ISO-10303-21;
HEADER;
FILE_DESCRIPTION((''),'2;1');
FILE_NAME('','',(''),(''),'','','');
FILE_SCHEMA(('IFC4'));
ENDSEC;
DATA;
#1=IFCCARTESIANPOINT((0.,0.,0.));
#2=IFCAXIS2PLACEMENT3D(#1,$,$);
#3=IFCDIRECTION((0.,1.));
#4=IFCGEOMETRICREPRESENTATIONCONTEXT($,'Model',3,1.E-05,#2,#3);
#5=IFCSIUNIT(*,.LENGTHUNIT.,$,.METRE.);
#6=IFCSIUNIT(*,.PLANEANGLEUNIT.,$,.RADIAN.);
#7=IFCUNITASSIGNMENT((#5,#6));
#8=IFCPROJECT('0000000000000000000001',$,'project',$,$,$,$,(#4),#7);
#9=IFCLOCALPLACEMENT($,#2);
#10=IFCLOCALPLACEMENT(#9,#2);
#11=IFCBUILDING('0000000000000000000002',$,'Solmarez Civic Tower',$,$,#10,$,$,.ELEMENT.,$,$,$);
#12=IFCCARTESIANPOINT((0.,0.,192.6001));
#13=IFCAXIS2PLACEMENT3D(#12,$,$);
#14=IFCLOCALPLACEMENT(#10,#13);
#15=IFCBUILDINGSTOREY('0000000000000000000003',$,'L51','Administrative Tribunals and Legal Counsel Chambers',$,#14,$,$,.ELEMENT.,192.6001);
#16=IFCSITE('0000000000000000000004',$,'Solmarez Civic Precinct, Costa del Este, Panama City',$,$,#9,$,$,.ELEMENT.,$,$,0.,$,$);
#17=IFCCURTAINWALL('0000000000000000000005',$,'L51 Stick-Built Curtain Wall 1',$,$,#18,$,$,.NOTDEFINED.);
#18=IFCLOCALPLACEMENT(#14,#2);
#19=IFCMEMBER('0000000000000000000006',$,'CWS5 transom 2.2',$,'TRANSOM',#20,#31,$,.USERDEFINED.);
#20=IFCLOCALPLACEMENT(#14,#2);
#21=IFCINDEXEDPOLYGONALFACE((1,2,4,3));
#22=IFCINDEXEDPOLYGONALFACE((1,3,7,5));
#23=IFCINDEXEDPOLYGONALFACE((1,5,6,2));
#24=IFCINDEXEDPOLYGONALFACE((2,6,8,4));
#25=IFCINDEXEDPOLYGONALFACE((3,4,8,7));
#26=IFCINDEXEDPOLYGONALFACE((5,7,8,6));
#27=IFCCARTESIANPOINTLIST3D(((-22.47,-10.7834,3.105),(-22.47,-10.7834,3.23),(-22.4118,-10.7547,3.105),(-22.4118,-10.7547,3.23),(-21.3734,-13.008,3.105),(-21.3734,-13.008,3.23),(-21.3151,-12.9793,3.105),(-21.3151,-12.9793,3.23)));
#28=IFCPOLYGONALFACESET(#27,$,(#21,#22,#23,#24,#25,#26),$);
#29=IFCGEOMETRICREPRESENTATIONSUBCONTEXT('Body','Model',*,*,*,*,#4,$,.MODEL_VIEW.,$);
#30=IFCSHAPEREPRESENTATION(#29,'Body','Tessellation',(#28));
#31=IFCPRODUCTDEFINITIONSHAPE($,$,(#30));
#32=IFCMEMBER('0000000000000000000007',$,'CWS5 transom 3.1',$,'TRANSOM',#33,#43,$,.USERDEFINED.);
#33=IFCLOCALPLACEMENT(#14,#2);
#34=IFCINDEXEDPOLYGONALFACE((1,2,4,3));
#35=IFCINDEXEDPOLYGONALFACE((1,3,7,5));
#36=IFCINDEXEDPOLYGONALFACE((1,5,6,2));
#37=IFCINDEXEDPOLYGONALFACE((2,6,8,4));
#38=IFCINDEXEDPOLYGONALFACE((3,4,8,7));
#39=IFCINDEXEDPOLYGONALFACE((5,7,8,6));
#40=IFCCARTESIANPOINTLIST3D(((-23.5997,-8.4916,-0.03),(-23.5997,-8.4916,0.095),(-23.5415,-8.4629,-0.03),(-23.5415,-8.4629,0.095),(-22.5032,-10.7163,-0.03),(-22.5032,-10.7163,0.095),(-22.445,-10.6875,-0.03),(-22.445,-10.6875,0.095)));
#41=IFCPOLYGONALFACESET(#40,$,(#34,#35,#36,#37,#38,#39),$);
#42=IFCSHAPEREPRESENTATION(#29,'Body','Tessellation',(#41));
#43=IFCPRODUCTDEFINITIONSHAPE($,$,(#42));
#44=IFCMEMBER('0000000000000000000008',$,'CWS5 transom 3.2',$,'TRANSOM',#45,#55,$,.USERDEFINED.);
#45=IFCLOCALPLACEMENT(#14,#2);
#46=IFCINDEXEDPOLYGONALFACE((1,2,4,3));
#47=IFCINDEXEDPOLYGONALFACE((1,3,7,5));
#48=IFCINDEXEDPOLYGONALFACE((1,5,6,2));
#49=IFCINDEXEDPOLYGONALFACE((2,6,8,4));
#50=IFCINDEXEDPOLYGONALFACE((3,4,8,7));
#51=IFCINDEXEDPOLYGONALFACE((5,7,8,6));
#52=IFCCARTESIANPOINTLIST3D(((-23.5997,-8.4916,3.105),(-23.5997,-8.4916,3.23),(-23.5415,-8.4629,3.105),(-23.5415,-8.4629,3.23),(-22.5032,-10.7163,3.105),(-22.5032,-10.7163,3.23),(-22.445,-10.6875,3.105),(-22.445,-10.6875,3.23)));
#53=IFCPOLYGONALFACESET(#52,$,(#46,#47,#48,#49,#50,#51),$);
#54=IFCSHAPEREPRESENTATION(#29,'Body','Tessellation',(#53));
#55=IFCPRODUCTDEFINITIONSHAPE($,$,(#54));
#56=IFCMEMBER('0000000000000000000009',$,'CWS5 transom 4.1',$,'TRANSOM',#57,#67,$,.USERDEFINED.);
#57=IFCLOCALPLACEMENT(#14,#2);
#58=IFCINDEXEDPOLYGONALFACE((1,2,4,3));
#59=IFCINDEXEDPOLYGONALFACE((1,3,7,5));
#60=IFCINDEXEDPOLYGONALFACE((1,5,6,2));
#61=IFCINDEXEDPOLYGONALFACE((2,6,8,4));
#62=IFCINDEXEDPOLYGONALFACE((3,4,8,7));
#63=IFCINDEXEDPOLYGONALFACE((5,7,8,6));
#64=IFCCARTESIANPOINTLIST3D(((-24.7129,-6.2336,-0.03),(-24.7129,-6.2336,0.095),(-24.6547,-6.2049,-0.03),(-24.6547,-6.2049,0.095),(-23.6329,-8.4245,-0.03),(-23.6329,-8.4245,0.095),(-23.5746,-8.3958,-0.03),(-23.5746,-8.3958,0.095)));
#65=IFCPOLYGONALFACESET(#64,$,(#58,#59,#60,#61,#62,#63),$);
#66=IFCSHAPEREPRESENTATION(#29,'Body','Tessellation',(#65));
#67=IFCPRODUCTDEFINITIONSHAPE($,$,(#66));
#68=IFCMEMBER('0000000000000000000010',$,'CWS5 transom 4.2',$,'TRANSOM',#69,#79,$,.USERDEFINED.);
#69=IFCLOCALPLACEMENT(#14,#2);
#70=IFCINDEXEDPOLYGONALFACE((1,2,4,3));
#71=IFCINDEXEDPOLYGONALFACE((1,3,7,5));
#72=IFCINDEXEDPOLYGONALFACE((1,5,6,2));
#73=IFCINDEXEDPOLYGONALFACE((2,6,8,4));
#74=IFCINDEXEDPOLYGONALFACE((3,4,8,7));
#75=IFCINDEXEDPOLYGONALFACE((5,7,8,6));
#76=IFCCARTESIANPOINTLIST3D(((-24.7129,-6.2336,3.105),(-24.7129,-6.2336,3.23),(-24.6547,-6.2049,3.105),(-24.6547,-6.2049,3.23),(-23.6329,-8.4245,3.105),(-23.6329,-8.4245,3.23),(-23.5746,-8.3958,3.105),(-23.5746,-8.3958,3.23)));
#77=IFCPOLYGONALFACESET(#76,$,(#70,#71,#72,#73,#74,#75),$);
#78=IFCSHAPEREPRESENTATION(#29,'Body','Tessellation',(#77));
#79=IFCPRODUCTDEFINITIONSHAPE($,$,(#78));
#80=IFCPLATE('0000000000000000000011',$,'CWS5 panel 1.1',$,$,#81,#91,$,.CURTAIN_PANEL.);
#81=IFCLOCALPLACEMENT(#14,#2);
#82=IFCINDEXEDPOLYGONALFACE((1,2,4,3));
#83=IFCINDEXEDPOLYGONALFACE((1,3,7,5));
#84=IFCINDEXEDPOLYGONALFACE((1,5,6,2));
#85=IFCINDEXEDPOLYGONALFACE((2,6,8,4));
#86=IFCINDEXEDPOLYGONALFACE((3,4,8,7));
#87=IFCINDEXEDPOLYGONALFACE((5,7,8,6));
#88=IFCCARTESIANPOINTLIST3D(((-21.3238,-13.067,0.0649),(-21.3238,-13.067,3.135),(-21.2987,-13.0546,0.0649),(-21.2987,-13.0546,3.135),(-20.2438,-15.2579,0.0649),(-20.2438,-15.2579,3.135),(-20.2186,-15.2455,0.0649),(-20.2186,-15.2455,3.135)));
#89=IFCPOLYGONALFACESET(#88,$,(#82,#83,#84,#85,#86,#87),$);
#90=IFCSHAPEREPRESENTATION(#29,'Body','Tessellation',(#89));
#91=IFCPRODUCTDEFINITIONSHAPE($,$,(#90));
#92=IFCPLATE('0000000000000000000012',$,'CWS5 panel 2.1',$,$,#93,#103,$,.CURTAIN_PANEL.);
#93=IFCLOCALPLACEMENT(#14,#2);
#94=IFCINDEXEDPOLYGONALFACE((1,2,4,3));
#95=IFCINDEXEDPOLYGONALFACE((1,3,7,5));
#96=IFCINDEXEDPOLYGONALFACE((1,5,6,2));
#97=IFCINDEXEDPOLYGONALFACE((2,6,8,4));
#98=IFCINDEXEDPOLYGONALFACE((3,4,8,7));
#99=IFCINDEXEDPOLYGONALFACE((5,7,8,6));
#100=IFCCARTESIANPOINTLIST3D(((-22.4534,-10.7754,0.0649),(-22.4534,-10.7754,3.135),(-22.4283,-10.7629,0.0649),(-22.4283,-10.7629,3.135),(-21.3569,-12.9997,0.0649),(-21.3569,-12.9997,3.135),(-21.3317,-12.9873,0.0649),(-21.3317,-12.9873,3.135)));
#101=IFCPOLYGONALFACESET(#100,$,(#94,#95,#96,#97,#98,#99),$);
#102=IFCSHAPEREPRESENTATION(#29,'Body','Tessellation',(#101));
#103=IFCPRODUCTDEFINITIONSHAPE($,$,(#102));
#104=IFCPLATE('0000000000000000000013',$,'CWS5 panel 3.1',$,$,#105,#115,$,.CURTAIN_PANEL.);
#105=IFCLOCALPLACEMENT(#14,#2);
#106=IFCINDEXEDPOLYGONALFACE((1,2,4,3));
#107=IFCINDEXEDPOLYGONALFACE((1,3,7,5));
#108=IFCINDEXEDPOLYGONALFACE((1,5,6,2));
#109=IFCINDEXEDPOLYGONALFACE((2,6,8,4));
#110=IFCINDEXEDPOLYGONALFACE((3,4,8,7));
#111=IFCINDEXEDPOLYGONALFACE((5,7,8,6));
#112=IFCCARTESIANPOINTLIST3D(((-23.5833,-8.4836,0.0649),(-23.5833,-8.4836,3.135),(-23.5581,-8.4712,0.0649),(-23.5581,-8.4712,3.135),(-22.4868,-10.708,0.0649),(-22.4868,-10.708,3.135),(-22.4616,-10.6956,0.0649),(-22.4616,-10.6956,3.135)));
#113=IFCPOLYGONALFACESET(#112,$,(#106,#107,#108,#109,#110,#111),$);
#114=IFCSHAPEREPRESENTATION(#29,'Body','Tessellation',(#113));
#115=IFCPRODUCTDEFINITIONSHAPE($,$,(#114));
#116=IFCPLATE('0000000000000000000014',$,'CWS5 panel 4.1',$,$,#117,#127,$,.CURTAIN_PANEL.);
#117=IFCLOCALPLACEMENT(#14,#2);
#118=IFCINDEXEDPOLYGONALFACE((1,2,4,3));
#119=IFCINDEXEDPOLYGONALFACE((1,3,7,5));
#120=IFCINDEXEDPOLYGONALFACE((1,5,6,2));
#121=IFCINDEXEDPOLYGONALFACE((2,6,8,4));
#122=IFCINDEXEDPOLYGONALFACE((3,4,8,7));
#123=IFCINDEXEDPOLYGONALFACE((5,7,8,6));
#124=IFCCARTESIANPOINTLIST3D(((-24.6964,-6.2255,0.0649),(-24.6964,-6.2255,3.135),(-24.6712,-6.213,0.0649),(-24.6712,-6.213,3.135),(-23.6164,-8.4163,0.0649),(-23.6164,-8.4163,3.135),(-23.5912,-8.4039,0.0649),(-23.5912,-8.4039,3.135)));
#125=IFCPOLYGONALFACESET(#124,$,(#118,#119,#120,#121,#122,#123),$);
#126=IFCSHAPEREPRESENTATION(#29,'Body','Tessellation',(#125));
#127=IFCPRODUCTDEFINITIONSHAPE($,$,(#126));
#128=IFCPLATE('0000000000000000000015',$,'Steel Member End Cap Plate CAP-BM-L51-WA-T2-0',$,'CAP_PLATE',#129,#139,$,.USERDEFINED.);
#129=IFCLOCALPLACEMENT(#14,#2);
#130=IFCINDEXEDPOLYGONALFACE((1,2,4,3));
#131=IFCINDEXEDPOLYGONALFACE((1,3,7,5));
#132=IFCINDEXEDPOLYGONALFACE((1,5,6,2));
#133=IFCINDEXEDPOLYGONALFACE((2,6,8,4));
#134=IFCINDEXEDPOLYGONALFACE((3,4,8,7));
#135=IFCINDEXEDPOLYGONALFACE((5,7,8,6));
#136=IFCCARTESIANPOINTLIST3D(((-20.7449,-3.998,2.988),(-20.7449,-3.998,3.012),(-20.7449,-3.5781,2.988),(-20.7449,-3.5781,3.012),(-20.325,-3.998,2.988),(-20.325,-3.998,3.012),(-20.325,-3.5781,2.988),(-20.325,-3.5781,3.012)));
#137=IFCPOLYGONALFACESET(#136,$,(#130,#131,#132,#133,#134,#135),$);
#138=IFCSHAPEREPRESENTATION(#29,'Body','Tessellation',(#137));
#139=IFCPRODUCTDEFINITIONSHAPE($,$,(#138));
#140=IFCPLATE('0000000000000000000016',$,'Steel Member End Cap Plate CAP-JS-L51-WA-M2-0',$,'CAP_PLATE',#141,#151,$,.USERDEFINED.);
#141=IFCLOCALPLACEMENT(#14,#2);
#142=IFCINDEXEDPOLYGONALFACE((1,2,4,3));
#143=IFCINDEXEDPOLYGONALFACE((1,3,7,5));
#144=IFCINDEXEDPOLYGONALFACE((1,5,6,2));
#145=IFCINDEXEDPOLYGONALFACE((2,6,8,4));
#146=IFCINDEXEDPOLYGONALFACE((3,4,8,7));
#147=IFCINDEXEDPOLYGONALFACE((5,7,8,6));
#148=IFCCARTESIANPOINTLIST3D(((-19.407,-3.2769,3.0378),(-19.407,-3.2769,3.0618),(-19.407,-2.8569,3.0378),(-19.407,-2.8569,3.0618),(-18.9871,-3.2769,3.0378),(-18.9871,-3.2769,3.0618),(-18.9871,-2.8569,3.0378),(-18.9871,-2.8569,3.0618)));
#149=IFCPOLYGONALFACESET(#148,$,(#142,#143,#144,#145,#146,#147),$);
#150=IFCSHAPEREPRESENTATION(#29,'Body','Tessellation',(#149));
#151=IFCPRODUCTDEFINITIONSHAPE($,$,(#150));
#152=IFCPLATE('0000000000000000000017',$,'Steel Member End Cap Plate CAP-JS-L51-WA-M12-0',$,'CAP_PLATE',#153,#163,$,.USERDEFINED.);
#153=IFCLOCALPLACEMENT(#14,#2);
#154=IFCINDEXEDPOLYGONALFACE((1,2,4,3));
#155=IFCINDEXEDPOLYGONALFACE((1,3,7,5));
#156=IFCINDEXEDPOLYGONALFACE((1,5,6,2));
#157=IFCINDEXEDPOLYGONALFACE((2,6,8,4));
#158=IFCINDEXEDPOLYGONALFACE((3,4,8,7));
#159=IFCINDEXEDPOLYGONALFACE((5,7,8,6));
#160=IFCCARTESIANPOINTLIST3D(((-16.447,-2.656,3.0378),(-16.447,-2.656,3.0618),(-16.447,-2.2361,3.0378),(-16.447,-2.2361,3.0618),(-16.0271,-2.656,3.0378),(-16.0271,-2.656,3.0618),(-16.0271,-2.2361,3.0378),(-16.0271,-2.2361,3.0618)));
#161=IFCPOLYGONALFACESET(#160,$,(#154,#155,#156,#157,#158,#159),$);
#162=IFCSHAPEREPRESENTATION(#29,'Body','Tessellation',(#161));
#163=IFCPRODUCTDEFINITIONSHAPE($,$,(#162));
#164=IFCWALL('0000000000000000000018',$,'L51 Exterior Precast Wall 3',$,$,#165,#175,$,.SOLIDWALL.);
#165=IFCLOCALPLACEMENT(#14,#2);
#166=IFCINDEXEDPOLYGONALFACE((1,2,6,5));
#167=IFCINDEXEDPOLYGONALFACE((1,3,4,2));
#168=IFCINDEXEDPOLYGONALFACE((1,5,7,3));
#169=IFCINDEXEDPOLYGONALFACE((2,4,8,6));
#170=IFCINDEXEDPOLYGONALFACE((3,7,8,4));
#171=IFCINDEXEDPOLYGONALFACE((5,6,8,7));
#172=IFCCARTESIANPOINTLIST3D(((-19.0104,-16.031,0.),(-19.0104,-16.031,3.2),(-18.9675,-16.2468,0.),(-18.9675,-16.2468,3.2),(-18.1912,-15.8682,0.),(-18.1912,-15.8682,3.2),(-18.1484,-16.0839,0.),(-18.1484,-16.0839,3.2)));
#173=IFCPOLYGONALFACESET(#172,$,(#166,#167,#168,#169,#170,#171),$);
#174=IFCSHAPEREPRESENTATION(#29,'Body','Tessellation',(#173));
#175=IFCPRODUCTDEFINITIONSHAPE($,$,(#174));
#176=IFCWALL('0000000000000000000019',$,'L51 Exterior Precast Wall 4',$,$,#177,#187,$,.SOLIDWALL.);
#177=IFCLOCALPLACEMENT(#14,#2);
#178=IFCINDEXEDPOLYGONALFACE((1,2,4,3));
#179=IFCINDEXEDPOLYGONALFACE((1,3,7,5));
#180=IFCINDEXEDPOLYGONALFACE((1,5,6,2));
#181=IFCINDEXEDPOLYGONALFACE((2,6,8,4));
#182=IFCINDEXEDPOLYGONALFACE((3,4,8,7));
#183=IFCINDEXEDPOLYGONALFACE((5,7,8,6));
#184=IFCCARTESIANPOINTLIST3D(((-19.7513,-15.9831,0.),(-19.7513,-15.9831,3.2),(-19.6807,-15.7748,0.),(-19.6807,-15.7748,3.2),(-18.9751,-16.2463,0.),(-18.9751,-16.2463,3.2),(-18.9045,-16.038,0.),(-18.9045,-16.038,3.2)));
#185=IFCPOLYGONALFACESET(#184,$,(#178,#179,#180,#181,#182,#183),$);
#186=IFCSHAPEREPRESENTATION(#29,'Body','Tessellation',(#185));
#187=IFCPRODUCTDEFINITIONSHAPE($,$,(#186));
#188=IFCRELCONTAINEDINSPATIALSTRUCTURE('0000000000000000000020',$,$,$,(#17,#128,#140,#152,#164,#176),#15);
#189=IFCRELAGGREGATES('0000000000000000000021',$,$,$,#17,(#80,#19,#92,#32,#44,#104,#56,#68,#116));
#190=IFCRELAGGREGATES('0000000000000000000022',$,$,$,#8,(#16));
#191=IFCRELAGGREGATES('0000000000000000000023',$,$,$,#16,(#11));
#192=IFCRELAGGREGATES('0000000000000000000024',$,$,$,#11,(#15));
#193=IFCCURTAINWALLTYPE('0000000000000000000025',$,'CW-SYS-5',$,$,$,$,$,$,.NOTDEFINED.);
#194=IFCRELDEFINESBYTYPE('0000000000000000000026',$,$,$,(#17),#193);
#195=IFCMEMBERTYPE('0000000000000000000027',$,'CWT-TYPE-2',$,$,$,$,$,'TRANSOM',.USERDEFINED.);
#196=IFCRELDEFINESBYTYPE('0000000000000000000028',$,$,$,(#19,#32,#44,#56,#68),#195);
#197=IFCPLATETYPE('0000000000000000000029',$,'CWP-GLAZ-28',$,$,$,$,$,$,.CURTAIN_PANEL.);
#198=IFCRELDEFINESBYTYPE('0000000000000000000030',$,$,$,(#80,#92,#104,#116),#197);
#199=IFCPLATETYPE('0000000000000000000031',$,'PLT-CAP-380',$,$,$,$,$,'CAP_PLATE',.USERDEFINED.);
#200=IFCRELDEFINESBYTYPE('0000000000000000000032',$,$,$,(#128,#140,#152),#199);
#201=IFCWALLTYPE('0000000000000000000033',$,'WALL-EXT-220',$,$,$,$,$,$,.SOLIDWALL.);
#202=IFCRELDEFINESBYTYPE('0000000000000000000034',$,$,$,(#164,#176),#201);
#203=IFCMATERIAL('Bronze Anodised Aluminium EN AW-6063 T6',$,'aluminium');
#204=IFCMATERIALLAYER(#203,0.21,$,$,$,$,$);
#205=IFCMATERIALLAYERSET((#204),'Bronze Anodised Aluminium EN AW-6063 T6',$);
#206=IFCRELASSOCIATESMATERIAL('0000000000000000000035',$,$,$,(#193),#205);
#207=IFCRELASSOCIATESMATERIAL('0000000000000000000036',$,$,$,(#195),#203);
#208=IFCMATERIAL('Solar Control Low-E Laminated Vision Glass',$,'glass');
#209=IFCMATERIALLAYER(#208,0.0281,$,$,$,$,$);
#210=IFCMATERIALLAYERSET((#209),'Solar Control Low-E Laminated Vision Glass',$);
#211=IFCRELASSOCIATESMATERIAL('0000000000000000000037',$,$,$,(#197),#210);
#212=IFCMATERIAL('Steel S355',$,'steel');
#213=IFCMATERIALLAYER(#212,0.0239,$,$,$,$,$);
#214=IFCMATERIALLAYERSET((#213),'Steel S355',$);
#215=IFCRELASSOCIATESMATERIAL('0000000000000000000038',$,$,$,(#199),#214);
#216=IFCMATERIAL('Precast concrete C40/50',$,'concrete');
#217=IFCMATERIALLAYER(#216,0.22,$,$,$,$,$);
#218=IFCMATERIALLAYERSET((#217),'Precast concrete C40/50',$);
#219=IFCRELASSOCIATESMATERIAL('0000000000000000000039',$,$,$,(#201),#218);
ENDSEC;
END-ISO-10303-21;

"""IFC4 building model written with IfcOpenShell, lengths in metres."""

from ifc_helpers import new_model, si_unit, direction, frame, frame_2d, origin, origin_2d, place, context, subcontext, project, spatial, rectangle, extrude, material, layer, layer_set, material_profile, profile_set, type_object, element, aggregate, save


model = new_model("IFC4")

# Units and contexts
model_context = context("Model", 3, precision=1e-05, world=origin(), true_north=direction((0.0, 1.0)))
body_context = subcontext(model_context, "Body", "Model", "MODEL_VIEW")
ifc_project = project(units=[si_unit("LENGTHUNIT", "METRE"), si_unit("PLANEANGLEUNIT", "RADIAN")], contexts=[model_context])

# Site, building, storey
site_placement = place(None, origin())
site = spatial("IfcSite", under=ifc_project, at=site_placement, Name="Solmarez Civic Precinct, Costa del Este, Panama City", CompositionType="ELEMENT", RefElevation=0.0)
building_placement = place(site_placement, origin())
building = spatial("IfcBuilding", under=site, at=building_placement, Name="Solmarez Civic Tower", CompositionType="ELEMENT")
storey_placement = place(building_placement, frame((0.0, 0.0, 192.6001)))
storey = spatial("IfcBuildingStorey", under=building, at=storey_placement, Name="L51", Description="Administrative Tribunals and Legal Counsel Chambers", CompositionType="ELEMENT", Elevation=192.6001)

# Shared definitions
ifc_material_1 = material(Name="Steel S355", Category="steel")

# Curtain wall, members, plates
ifc_material_2 = material(Name="Bronze Anodised Aluminium EN AW-6063 T6", Category="aluminium")
ifc_layer_1 = layer(ifc_material_2, 0.21)
ifc_layer_set_1 = layer_set([ifc_layer_1], Name="Bronze Anodised Aluminium EN AW-6063 T6")
curtain_wall_type = type_object("IfcCurtainWallType", Name="CW-SYS-5", PredefinedType="NOTDEFINED", material=ifc_layer_set_1)
curtain_wall_placement = place(storey_placement, origin())
curtain_wall = element("IfcCurtainWall", 1, at=curtain_wall_placement, inside=storey, type_object=curtain_wall_type, Name="L51 Stick-Built Curtain Wall 1", PredefinedType="NOTDEFINED")
ifc_material_profile_1 = material_profile(ifc_material_2, rectangle(XDim=0.0649, YDim=0.125, at=origin_2d()), Name="CWT-65X125")
ifc_profile_set_1 = profile_set([ifc_material_profile_1], Name="Bronze Anodised Aluminium EN AW-6063 T6")
member_type_1 = type_object("IfcMemberType", Name="CWT-TYPE-2", ElementType="TRANSOM", PredefinedType="USERDEFINED", material=ifc_profile_set_1)
member_1_placement = place(storey_placement, frame((-21.3442, -12.9937, 3.1675), z_axis=(-0.442167, 0.896933, 0.0), x_axis=(-0.896933, -0.442167, 0.0)))
member_1 = element("IfcMember", 2, at=member_1_placement, type_object=member_type_1, Name="CWS5 transom 2.2", ObjectType="TRANSOM", PredefinedType="USERDEFINED", context=body_context, shape_type="SweptSolid", body=[
    extrude(rectangle(XDim=0.0649, YDim=0.125, at=origin_2d()), origin(), (0.0, 0.0, 1.0), 2.4802),
])
member_2_placement = place(storey_placement, frame((-22.4741, -10.7019, 0.0325), z_axis=(-0.442087, 0.896972, 0.0), x_axis=(-0.896972, -0.442087, 0.0)))
member_2 = element("IfcMember", 3, at=member_2_placement, type_object=member_type_1, Name="CWS5 transom 3.1", ObjectType="TRANSOM", PredefinedType="USERDEFINED", context=body_context, shape_type="SweptSolid", body=[
    extrude(rectangle(XDim=0.0649, YDim=0.125, at=origin_2d()), origin(), (0.0, 0.0, 1.0), 2.4802),
])
member_3_placement = place(storey_placement, frame((-22.4741, -10.7019, 3.1675), z_axis=(-0.442087, 0.896972, 0.0), x_axis=(-0.896972, -0.442087, 0.0)))
member_3 = element("IfcMember", 4, at=member_3_placement, type_object=member_type_1, Name="CWS5 transom 3.2", ObjectType="TRANSOM", PredefinedType="USERDEFINED", context=body_context, shape_type="SweptSolid", body=[
    extrude(rectangle(XDim=0.0649, YDim=0.125, at=origin_2d()), origin(), (0.0, 0.0, 1.0), 2.4802),
])
member_4_placement = place(storey_placement, frame((-23.6038, -8.4102, 0.0325), z_axis=(-0.442169, 0.896932, 0.0), x_axis=(-0.896932, -0.442169, 0.0)))
member_4 = element("IfcMember", 5, at=member_4_placement, type_object=member_type_1, Name="CWS5 transom 4.1", ObjectType="TRANSOM", PredefinedType="USERDEFINED", context=body_context, shape_type="SweptSolid", body=[
    extrude(rectangle(XDim=0.0649, YDim=0.125, at=origin_2d()), origin(), (0.0, 0.0, 1.0), 2.4426),
])
member_5_placement = place(storey_placement, frame((-23.6038, -8.4102, 3.1675), z_axis=(-0.442169, 0.896932, 0.0), x_axis=(-0.896932, -0.442169, 0.0)))
member_5 = element("IfcMember", 6, at=member_5_placement, type_object=member_type_1, Name="CWS5 transom 4.2", ObjectType="TRANSOM", PredefinedType="USERDEFINED", context=body_context, shape_type="SweptSolid", body=[
    extrude(rectangle(XDim=0.0649, YDim=0.125, at=origin_2d()), origin(), (0.0, 0.0, 1.0), 2.4426),
])
ifc_material_3 = material(Name="Solar Control Low-E Laminated Vision Glass", Category="glass")
ifc_layer_2 = layer(ifc_material_3, 0.0281)
ifc_layer_set_2 = layer_set([ifc_layer_2], Name="Solar Control Low-E Laminated Vision Glass")
plate_type_1 = type_object("IfcPlateType", Name="CWP-GLAZ-28", PredefinedType="CURTAIN_PANEL", material=ifc_layer_set_2)
plate_1_placement = place(storey_placement, frame((-20.7712, -14.1562, 0.0649), z_axis=(0.0, 0.0, 1.0), x_axis=(-0.442158, 0.896937, 0.0)))
plate_1 = element("IfcPlate", 7, at=plate_1_placement, type_object=plate_type_1, Name="CWS5 panel 1.1", PredefinedType="CURTAIN_PANEL", context=body_context, shape_type="SweptSolid", body=[
    extrude(rectangle(XDim=2.4426, YDim=0.0281, at=origin_2d()), origin(), (0.0, 0.0, 1.0), 3.0701),
])
plate_2_placement = place(storey_placement, frame((-21.8926, -11.8813, 0.0649), z_axis=(0.0, 0.0, 1.0), x_axis=(-0.442158, 0.896937, 0.0)))
plate_2 = element("IfcPlate", 8, at=plate_2_placement, type_object=plate_type_1, Name="CWS5 panel 2.1", PredefinedType="CURTAIN_PANEL", context=body_context, shape_type="SweptSolid", body=[
    extrude(rectangle(XDim=2.48, YDim=0.0281, at=origin_2d()), origin(), (0.0, 0.0, 1.0), 3.0701),
])
plate_3_placement = place(storey_placement, frame((-23.0225, -9.5896, 0.0649), z_axis=(0.0, 0.0, 1.0), x_axis=(-0.442158, 0.896937, 0.0)))
plate_3 = element("IfcPlate", 9, at=plate_3_placement, type_object=plate_type_1, Name="CWS5 panel 3.1", PredefinedType="CURTAIN_PANEL", context=body_context, shape_type="SweptSolid", body=[
    extrude(rectangle(XDim=2.48, YDim=0.0281, at=origin_2d()), origin(), (0.0, 0.0, 1.0), 3.0701),
])
plate_4_placement = place(storey_placement, frame((-24.1438, -7.3147, 0.0649), z_axis=(0.0, 0.0, 1.0), x_axis=(-0.442158, 0.896937, 0.0)))
plate_4 = element("IfcPlate", 10, at=plate_4_placement, type_object=plate_type_1, Name="CWS5 panel 4.1", PredefinedType="CURTAIN_PANEL", context=body_context, shape_type="SweptSolid", body=[
    extrude(rectangle(XDim=2.4426, YDim=0.0281, at=origin_2d()), origin(), (0.0, 0.0, 1.0), 3.0701),
])
aggregate(curtain_wall, [plate_1, member_1, plate_2, member_2, member_3, plate_3, member_4, member_5, plate_4])

# Plates
ifc_layer_3 = layer(ifc_material_1, 0.0239)
ifc_layer_set_3 = layer_set([ifc_layer_3], Name="Steel S355")
plate_type_2 = type_object("IfcPlateType", Name="PLT-CAP-380", ElementType="CAP_PLATE", PredefinedType="USERDEFINED", material=ifc_layer_set_3)
for number, where, z_axis, x_axis, name in (
    (11, (-20.5349, -3.7881, 2.988), (0.0, 0.0, 1.0), (1.0, 0.0, 0.0), "Steel Member End Cap Plate CAP-BM-L51-WA-T2-0"),
    (12, (-19.197, -3.0669, 3.0378), (0.0, 0.0, 1.0), (1.0, 0.0, 0.0), "Steel Member End Cap Plate CAP-JS-L51-WA-M2-0"),
    (13, (-16.2371, -2.446, 3.0378), (0.0, 0.0, 1.0), (1.0, 0.0, 0.0), "Steel Member End Cap Plate CAP-JS-L51-WA-M12-0"),
):
    element("IfcPlate", number, at=place(storey_placement, frame(where, z_axis=z_axis, x_axis=x_axis)), inside=storey, type_object=plate_type_2, Name=name, ObjectType="CAP_PLATE", PredefinedType="USERDEFINED", context=body_context, shape_type="SweptSolid", body=[
        extrude(rectangle(XDim=0.4199, YDim=0.4199, at=origin_2d()), origin(), (0.0, 0.0, 1.0), 0.0239),
    ])

# Walls
ifc_material_4 = material(Name="Precast concrete C40/50", Category="concrete")
ifc_layer_4 = layer(ifc_material_4, 0.22)
ifc_layer_set_4 = layer_set([ifc_layer_4], Name="Precast concrete C40/50")
wall_type_1 = type_object("IfcWallType", Name="WALL-EXT-220", PredefinedType="SOLIDWALL", material=ifc_layer_set_4)
wall_1_placement = place(storey_placement, frame((-18.1699, -15.9761, 0.0), z_axis=(0.0, 0.0, 1.0), x_axis=(-0.980805, -0.194992, 0.0)))
element("IfcWall", 14, at=wall_1_placement, inside=storey, type_object=wall_type_1, Name="L51 Exterior Precast Wall 3", PredefinedType="SOLIDWALL", context=body_context, shape_type="SweptSolid", body=[
    extrude(rectangle(XDim=0.8352, YDim=0.22, at=frame_2d((0.4175, 0.0))), origin(), (0.0, 0.0, 1.0), 3.2),
])
wall_2_placement = place(storey_placement, frame((-18.9399, -16.1421, 0.0), z_axis=(0.0, 0.0, 1.0), x_axis=(-0.947032, 0.321139, 0.0)))
element("IfcWall", 15, at=wall_2_placement, inside=storey, type_object=wall_type_1, Name="L51 Exterior Precast Wall 4", PredefinedType="SOLIDWALL", context=body_context, shape_type="SweptSolid", body=[
    extrude(rectangle(XDim=0.8196, YDim=0.22, at=frame_2d((0.4097, 0.0))), origin(), (0.0, 0.0, 1.0), 3.2),
])

save(model, "model.ifc")
